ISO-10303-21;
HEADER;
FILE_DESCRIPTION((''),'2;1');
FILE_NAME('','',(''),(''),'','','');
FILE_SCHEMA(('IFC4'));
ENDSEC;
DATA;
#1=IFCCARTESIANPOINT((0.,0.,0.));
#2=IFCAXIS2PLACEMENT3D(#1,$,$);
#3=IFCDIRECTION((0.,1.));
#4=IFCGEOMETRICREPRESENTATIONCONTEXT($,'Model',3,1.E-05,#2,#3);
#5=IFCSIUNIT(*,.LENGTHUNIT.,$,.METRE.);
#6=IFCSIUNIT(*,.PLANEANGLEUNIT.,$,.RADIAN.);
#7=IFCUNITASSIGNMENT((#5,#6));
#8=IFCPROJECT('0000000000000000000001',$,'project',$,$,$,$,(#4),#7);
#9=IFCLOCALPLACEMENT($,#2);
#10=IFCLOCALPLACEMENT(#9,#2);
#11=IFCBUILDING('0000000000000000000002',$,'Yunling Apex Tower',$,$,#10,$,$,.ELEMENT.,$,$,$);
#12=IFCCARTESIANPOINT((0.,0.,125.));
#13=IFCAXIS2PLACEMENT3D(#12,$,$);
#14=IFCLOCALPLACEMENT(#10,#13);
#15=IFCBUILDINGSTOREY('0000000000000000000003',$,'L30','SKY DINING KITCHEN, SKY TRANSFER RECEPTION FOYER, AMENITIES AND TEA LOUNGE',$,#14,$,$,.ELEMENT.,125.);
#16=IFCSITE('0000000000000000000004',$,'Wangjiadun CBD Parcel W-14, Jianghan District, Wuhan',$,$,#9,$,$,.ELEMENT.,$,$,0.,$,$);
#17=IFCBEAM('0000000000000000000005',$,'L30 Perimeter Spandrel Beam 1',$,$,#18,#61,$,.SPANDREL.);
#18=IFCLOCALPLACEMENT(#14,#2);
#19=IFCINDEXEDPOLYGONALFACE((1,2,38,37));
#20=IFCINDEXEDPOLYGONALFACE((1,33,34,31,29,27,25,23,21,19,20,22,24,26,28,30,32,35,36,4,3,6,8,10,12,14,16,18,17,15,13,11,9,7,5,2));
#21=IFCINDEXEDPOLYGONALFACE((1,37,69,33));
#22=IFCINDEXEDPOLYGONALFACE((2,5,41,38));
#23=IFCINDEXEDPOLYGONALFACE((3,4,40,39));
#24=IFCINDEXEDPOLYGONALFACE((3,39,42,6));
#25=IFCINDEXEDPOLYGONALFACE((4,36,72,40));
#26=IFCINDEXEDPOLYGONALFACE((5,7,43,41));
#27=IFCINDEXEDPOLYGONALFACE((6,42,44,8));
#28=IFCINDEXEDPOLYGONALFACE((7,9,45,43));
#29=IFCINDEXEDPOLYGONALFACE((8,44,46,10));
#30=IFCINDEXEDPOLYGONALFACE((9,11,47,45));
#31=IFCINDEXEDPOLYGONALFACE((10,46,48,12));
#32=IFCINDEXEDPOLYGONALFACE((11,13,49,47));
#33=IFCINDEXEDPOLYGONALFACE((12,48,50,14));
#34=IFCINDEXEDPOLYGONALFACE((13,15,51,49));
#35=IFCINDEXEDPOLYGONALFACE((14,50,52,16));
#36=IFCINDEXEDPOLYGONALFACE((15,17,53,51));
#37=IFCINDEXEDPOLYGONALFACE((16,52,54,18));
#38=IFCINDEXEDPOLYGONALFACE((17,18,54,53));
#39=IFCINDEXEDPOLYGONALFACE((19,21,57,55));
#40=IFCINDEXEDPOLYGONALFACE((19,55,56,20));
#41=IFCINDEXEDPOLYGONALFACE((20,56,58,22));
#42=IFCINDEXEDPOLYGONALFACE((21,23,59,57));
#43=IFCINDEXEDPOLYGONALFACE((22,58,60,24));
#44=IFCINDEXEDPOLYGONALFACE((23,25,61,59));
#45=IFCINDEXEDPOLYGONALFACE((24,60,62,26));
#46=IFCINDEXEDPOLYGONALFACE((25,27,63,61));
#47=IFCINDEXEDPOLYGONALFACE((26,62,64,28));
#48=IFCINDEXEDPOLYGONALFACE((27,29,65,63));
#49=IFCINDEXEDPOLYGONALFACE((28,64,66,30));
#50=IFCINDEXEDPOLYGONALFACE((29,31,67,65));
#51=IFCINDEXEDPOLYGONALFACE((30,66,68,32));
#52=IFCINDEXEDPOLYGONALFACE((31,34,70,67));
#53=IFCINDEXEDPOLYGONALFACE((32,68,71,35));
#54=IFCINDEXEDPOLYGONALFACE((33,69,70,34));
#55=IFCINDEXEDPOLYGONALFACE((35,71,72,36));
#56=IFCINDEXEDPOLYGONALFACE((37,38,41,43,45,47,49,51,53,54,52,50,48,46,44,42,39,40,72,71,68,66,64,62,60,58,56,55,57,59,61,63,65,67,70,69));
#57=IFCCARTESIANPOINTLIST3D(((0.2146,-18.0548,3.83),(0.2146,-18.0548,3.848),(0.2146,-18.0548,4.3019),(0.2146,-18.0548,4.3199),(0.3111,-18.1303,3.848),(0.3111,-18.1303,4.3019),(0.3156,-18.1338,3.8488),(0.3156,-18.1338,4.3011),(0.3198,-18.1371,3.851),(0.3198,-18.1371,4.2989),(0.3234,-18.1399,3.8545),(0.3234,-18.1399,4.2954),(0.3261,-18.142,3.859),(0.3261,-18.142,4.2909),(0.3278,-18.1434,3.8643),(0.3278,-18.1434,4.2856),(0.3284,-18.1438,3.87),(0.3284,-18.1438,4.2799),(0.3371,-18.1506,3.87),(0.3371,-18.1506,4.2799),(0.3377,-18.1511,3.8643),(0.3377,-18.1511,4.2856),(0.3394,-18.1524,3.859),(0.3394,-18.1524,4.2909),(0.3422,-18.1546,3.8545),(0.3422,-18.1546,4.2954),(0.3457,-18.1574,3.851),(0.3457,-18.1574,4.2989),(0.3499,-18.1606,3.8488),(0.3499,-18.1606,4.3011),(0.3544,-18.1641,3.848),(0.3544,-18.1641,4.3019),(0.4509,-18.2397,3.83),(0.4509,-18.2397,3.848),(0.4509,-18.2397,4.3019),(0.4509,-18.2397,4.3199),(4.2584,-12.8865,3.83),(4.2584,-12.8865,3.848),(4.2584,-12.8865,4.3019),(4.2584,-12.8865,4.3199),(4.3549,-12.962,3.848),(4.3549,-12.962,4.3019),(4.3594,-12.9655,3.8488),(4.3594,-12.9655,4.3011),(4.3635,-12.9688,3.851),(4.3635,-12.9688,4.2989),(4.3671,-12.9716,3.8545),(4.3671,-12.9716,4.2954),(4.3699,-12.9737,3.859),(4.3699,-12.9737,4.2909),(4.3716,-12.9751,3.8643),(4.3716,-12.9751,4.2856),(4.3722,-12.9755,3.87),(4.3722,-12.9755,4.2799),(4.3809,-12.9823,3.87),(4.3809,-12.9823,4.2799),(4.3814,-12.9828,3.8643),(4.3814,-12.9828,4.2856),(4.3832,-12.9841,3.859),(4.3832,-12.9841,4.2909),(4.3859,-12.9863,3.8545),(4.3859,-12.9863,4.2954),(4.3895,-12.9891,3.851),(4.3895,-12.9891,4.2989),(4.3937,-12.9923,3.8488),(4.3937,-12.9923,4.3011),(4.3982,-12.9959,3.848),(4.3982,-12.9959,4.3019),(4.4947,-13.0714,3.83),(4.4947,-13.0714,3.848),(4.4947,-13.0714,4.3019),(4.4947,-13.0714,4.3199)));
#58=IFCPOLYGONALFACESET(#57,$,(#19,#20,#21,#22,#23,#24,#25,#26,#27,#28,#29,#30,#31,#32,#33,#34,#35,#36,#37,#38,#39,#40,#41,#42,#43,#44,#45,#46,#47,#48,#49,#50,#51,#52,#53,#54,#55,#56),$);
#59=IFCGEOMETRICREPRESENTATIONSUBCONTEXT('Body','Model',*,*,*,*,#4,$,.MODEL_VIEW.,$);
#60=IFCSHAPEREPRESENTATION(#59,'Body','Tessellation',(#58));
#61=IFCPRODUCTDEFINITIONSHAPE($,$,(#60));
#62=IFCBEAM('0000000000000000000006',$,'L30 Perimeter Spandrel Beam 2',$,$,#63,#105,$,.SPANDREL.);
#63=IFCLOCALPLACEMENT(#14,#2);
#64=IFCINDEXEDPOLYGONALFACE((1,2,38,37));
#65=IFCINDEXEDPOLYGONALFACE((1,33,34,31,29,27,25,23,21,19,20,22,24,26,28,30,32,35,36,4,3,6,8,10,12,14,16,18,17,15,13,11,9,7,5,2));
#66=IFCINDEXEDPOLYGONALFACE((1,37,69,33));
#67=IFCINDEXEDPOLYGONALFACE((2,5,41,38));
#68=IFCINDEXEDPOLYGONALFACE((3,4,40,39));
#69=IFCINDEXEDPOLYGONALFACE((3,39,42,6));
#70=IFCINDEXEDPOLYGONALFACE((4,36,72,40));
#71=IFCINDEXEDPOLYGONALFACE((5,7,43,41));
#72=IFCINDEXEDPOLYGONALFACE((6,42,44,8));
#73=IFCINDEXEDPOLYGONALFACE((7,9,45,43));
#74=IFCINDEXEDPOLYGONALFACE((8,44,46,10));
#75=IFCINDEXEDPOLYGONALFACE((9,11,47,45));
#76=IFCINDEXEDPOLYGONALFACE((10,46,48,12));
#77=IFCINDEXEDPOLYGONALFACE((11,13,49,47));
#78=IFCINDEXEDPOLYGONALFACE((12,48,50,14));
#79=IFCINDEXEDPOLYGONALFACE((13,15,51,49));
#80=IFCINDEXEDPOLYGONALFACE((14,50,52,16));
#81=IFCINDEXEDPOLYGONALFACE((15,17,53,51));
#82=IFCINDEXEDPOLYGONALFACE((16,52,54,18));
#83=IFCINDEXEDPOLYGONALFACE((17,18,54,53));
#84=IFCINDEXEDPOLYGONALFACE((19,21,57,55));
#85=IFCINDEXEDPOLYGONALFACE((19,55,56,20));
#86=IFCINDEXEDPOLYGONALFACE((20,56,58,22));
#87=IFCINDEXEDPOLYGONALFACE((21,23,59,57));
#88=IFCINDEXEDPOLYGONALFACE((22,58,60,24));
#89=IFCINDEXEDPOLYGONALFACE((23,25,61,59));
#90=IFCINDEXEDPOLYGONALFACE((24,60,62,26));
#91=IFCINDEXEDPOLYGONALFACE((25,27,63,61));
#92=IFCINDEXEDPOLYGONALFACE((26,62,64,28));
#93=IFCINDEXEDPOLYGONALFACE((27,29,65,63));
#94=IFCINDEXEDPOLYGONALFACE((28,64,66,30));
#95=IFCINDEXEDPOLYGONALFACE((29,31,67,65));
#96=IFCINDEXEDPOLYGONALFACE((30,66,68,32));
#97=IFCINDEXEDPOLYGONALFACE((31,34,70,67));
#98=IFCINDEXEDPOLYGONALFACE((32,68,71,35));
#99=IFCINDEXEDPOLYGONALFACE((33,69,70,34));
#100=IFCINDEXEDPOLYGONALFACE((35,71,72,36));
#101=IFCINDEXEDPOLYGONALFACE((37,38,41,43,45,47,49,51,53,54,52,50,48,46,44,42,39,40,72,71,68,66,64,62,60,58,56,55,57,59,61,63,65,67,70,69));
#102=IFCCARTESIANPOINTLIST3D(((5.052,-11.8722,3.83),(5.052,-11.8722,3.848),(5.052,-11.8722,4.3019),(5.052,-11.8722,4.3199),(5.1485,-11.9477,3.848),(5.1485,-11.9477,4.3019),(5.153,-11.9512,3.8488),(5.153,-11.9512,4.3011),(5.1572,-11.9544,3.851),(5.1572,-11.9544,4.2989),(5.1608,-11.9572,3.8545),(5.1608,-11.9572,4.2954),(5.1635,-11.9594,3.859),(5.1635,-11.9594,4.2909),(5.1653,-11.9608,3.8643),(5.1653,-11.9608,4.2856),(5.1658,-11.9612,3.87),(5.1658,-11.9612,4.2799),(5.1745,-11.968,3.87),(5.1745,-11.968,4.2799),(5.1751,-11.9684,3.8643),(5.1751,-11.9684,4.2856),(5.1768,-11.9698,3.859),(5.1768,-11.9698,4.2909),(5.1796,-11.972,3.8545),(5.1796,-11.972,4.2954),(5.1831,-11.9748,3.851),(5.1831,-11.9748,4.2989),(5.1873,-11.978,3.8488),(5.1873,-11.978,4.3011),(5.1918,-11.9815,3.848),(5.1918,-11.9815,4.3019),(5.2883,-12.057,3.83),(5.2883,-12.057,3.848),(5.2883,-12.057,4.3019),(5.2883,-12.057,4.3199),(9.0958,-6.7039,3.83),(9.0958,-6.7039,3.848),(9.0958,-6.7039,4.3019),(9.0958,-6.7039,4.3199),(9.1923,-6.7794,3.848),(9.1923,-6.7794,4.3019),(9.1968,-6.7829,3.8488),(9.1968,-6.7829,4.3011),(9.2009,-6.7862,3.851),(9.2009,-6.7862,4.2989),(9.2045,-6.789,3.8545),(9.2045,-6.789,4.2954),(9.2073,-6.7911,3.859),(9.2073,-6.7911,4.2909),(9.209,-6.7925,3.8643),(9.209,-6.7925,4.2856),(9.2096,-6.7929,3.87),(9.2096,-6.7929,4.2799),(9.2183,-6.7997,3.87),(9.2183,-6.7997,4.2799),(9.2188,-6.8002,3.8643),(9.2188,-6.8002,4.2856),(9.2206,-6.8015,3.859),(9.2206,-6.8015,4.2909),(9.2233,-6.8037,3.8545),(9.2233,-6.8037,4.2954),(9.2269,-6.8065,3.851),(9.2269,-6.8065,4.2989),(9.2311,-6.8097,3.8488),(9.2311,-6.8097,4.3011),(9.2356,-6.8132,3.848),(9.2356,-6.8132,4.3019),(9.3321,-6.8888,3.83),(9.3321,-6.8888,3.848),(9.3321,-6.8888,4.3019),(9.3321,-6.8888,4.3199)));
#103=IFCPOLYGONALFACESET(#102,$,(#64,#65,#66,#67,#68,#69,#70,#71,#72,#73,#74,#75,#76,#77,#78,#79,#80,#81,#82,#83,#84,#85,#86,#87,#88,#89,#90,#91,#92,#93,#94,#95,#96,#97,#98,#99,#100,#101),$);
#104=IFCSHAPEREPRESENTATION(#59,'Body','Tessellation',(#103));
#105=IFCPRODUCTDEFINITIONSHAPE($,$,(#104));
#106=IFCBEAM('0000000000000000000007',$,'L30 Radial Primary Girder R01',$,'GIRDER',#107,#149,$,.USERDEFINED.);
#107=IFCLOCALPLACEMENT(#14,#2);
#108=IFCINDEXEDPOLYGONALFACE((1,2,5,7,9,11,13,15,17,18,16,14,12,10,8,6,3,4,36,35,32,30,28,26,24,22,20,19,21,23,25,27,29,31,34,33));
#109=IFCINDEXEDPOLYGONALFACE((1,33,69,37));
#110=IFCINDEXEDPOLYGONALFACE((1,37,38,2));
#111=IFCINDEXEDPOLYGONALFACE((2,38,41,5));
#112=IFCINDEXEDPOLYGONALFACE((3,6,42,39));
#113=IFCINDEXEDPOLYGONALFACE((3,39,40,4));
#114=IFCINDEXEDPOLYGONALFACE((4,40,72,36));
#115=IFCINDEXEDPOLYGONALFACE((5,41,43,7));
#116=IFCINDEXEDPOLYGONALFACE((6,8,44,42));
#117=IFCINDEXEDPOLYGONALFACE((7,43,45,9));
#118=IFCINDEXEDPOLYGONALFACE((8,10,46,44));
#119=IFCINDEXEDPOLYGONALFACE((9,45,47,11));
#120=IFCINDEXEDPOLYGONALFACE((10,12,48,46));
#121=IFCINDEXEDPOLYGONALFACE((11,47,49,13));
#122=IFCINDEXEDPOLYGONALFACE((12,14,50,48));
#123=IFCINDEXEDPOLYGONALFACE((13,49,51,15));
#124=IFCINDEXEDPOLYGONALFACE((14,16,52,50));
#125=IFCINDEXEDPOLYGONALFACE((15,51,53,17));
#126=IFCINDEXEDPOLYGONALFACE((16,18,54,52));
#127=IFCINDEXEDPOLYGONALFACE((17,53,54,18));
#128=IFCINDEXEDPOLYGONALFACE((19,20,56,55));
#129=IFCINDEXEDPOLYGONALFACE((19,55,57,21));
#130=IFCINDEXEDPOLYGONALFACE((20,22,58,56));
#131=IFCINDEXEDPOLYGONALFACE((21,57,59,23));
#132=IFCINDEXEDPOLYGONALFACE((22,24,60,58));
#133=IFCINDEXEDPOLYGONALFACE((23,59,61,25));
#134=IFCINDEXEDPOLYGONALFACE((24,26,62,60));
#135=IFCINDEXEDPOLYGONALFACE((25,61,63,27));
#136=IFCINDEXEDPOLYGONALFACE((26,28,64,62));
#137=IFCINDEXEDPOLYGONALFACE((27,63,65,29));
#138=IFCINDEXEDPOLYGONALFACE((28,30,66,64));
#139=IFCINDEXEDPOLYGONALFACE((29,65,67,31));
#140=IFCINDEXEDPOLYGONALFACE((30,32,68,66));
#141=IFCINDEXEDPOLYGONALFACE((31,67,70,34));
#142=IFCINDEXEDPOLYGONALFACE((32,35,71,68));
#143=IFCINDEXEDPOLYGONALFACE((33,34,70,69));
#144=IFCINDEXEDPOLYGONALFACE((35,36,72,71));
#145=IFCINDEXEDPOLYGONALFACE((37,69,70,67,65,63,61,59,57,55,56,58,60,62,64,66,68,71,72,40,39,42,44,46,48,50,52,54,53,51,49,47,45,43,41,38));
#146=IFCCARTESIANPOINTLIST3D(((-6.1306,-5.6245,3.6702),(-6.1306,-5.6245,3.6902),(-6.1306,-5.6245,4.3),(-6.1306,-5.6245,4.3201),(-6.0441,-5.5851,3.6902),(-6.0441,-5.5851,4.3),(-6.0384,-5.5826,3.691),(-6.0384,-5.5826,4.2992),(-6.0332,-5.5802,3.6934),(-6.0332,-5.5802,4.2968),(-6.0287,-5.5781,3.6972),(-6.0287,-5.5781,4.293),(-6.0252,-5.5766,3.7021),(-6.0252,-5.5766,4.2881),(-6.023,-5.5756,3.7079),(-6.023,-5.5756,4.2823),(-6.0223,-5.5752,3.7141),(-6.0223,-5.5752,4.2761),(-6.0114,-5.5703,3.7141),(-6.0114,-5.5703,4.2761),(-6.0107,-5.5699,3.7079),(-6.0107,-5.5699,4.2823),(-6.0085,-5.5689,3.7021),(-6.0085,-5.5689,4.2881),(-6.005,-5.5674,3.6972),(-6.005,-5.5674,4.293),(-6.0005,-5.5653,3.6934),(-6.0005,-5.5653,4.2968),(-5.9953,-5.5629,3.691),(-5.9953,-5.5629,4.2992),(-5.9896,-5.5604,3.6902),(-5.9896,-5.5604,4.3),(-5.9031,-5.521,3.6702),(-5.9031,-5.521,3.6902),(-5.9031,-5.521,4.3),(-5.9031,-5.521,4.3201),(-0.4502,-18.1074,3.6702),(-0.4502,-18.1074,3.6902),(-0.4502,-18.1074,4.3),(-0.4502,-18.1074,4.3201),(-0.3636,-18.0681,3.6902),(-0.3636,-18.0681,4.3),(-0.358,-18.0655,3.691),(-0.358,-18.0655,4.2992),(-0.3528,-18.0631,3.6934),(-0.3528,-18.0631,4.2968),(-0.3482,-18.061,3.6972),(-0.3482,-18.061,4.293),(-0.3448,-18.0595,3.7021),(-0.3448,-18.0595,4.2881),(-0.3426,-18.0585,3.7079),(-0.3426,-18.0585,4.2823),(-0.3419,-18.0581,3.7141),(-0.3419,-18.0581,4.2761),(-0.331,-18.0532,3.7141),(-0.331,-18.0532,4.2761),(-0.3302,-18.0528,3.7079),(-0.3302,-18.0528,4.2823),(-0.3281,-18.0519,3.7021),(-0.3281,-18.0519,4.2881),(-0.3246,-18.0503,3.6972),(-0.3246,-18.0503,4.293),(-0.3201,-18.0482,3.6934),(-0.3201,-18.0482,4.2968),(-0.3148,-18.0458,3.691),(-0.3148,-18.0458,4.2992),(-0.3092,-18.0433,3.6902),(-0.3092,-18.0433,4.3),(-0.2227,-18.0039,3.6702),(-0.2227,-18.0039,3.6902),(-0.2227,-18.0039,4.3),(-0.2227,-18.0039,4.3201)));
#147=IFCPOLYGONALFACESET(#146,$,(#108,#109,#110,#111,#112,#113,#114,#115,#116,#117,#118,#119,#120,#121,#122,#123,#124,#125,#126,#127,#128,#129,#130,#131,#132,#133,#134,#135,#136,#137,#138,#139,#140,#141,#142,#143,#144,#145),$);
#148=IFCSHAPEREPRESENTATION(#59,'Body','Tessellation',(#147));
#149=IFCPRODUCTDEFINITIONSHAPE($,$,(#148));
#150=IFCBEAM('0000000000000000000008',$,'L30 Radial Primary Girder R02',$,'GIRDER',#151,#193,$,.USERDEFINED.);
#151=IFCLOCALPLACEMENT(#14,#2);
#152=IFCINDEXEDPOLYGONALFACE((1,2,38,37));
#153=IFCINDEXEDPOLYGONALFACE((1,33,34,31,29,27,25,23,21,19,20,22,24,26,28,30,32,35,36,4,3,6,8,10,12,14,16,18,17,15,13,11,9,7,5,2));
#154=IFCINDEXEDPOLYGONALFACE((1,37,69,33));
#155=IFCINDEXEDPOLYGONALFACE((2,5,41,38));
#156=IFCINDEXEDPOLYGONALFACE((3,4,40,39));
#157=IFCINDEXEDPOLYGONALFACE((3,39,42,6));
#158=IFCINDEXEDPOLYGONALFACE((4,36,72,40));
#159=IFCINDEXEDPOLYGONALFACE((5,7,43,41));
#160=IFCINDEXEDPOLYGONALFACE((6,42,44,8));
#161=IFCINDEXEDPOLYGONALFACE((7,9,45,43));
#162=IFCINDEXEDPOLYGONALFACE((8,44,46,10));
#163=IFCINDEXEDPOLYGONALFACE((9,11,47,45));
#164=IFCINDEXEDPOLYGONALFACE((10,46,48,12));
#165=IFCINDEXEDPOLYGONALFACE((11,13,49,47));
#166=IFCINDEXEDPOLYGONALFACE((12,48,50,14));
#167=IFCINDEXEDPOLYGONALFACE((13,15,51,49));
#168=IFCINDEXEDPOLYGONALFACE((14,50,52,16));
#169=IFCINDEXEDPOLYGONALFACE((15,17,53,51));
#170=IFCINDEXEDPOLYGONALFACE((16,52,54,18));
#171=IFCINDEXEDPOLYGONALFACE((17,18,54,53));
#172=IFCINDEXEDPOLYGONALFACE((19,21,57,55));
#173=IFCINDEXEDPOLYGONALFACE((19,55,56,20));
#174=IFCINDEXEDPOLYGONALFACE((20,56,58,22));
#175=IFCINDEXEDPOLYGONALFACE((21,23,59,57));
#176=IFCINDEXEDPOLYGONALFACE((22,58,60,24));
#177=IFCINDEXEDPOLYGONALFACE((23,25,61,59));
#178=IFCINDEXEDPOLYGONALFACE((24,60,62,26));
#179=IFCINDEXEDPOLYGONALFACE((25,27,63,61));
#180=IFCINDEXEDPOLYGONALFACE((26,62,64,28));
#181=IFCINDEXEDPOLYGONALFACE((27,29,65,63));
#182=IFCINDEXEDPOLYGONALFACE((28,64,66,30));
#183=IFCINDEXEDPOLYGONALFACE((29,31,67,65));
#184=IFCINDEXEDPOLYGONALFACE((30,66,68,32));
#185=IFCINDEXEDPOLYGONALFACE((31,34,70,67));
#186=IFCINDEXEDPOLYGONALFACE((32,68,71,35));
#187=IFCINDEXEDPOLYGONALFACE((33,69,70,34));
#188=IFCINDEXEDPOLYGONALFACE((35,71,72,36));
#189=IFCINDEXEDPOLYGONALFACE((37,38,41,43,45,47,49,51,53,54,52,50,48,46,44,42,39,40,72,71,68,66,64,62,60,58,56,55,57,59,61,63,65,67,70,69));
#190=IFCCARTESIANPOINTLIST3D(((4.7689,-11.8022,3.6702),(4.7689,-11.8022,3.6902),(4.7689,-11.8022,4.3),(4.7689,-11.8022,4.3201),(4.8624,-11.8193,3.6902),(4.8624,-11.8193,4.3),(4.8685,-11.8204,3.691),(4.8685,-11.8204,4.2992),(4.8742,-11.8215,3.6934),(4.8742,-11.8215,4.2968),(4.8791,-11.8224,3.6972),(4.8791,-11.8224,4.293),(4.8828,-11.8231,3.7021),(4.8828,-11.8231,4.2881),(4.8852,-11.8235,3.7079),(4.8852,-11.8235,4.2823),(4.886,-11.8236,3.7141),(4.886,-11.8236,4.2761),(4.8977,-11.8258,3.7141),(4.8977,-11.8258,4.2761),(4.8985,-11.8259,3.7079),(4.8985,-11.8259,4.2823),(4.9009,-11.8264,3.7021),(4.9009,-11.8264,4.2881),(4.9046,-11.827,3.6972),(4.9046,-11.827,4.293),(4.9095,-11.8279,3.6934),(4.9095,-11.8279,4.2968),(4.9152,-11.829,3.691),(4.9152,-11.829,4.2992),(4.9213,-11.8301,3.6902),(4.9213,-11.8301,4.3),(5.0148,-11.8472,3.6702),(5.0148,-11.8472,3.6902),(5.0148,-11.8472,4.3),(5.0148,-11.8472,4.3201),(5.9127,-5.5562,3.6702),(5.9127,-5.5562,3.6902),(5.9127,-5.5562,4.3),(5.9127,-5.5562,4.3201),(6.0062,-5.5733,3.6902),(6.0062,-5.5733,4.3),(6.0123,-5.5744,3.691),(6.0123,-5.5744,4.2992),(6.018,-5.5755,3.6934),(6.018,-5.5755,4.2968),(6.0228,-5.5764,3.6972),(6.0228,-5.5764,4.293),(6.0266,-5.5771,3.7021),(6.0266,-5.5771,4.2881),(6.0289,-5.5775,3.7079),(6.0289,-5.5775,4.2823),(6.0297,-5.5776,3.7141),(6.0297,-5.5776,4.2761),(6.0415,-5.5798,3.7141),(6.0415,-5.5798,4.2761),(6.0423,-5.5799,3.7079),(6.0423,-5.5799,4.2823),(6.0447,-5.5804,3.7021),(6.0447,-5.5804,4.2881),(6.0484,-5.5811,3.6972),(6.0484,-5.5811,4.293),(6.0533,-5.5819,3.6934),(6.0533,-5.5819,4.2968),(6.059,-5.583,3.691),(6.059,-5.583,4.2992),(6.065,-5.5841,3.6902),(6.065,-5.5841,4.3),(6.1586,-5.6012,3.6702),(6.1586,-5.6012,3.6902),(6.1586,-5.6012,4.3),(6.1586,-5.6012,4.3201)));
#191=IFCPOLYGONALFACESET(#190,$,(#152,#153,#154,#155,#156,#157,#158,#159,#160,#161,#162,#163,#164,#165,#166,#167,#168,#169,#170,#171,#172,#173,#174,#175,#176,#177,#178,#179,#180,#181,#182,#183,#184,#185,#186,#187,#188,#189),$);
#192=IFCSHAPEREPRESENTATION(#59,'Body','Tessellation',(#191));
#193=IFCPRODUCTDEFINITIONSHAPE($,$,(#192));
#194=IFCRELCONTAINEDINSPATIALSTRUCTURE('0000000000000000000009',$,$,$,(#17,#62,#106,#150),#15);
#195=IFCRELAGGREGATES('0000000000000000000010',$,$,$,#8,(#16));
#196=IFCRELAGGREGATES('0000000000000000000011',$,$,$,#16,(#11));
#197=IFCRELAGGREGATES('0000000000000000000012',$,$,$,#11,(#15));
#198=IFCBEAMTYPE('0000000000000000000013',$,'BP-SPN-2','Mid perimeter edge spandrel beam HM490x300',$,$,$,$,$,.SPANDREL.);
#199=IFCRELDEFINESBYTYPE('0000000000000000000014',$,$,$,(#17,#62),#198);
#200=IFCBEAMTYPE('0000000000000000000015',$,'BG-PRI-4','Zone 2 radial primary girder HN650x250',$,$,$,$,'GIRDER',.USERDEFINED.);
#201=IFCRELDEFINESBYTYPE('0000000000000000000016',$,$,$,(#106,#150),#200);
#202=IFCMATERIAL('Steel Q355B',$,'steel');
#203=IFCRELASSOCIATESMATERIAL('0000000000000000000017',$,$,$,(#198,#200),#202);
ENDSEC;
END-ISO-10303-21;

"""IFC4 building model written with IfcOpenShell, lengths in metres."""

from ifc_helpers import new_model, si_unit, direction, frame, origin, origin_2d, place, context, subcontext, project, spatial, i_section, extrude, source, transform, mapped, material, material_profile, profile_set, type_object, element, save


model = new_model("IFC4")

# Units and contexts
model_context = context("Model", 3, precision=1e-05, world=origin(), true_north=direction((0.0, 1.0)))
body_context = subcontext(model_context, "Body", "Model", "MODEL_VIEW")
ifc_project = project(units=[si_unit("LENGTHUNIT", "METRE"), si_unit("PLANEANGLEUNIT", "RADIAN")], contexts=[model_context])

# Site, building, storey
site_placement = place(None, origin())
site = spatial("IfcSite", under=ifc_project, at=site_placement, Name="Wangjiadun CBD Parcel W-14, Jianghan District, Wuhan", CompositionType="ELEMENT", RefElevation=0.0)
building_placement = place(site_placement, origin())
building = spatial("IfcBuilding", under=site, at=building_placement, Name="Yunling Apex Tower", CompositionType="ELEMENT")
storey_placement = place(building_placement, frame((0.0, 0.0, 125.0)))
storey = spatial("IfcBuildingStorey", under=building, at=storey_placement, Name="L30", Description="SKY DINING KITCHEN, SKY TRANSFER RECEPTION FOYER, AMENITIES AND TEA LOUNGE", CompositionType="ELEMENT", Elevation=125.0)

# Beams
ifc_material_1 = material(Name="Steel Q355B", Category="steel")
ifc_material_profile_1 = material_profile(ifc_material_1, i_section(OverallWidth=0.3, OverallDepth=0.49, WebThickness=0.011, FlangeThickness=0.0181, FilletRadius=0.022, at=origin_2d()))
ifc_profile_set_1 = profile_set([ifc_material_profile_1], Name="Steel Q355B")
beam_type_1 = type_object("IfcBeamType", Name="BP-SPN-2", Description="Mid perimeter edge spandrel beam HM490x300", PredefinedType="SPANDREL", material=ifc_profile_set_1)
shared_shape_1 = source(origin(), body_context, "Body", "SweptSolid", [
    extrude(i_section(OverallWidth=0.3, OverallDepth=0.49, WebThickness=0.011, FlangeThickness=0.0181, FilletRadius=0.022, at=origin_2d()), origin(), (0.0, 0.0, 1.0), 6.5623),
])
for number, where, z_axis, x_axis, name in (
    (1, (0.3328, -18.1472, 4.075), (0.616215, 0.787578, 0.0), (-0.787578, 0.616215, 0.0), "L30 Perimeter Spandrel Beam 1"),
    (2, (5.1702, -11.9646, 4.075), (0.616215, 0.787578, 0.0), (-0.787578, 0.616215, 0.0), "L30 Perimeter Spandrel Beam 2"),
):
    element("IfcBeam", number, at=place(storey_placement, frame(where, z_axis=z_axis, x_axis=x_axis)), inside=storey, type_object=beam_type_1, Name=name, PredefinedType="SPANDREL", context=body_context, shape_type="MappedRepresentation", body=[
        mapped(shared_shape_1, transform((0.0, 0.0, 0.0), scale=1.0)),
    ])
ifc_material_profile_2 = material_profile(ifc_material_1, i_section(OverallWidth=0.25, OverallDepth=0.6499, WebThickness=0.012, FlangeThickness=0.02, FilletRadius=0.0239, at=origin_2d()))
ifc_profile_set_2 = profile_set([ifc_material_profile_2], Name="Steel Q355B")
beam_type_2 = type_object("IfcBeamType", Name="BG-PRI-4", Description="Zone 2 radial primary girder HN650x250", ElementType="GIRDER", PredefinedType="USERDEFINED", material=ifc_profile_set_2)
shared_shape_2 = source(origin(), body_context, "Body", "SweptSolid", [
    extrude(i_section(OverallWidth=0.25, OverallDepth=0.6499, WebThickness=0.012, FlangeThickness=0.02, FilletRadius=0.0239, at=origin_2d()), origin(), (0.0, 0.0, 1.0), 13.7146),
])
beam_1_placement = place(storey_placement, frame((-0.3364, -18.0557, 3.9951), z_axis=(-0.414188, 0.910191, 0.0), x_axis=(-0.910191, -0.414188, 0.0)))
element("IfcBeam", 3, at=beam_1_placement, inside=storey, type_object=beam_type_2, Name="L30 Radial Primary Girder R01", ObjectType="GIRDER", PredefinedType="USERDEFINED", context=body_context, shape_type="MappedRepresentation", body=[
    mapped(shared_shape_2, transform((0.0, 0.0, 0.0), scale=1.0)),
])
shared_shape_3 = source(origin(), body_context, "Body", "SweptSolid", [
    extrude(i_section(OverallWidth=0.25, OverallDepth=0.6499, WebThickness=0.012, FlangeThickness=0.02, FilletRadius=0.0239, at=origin_2d()), origin(), (0.0, 0.0, 1.0), 6.3499),
])
beam_2_placement = place(storey_placement, frame((4.8918, -11.8247, 3.9951), z_axis=(0.180127, 0.983643, 0.0), x_axis=(-0.983643, 0.180127, 0.0)))
element("IfcBeam", 4, at=beam_2_placement, inside=storey, type_object=beam_type_2, Name="L30 Radial Primary Girder R02", ObjectType="GIRDER", PredefinedType="USERDEFINED", context=body_context, shape_type="MappedRepresentation", body=[
    mapped(shared_shape_3, transform((0.0, 0.0, 0.0), scale=1.0)),
])

save(model, "model.ifc")
